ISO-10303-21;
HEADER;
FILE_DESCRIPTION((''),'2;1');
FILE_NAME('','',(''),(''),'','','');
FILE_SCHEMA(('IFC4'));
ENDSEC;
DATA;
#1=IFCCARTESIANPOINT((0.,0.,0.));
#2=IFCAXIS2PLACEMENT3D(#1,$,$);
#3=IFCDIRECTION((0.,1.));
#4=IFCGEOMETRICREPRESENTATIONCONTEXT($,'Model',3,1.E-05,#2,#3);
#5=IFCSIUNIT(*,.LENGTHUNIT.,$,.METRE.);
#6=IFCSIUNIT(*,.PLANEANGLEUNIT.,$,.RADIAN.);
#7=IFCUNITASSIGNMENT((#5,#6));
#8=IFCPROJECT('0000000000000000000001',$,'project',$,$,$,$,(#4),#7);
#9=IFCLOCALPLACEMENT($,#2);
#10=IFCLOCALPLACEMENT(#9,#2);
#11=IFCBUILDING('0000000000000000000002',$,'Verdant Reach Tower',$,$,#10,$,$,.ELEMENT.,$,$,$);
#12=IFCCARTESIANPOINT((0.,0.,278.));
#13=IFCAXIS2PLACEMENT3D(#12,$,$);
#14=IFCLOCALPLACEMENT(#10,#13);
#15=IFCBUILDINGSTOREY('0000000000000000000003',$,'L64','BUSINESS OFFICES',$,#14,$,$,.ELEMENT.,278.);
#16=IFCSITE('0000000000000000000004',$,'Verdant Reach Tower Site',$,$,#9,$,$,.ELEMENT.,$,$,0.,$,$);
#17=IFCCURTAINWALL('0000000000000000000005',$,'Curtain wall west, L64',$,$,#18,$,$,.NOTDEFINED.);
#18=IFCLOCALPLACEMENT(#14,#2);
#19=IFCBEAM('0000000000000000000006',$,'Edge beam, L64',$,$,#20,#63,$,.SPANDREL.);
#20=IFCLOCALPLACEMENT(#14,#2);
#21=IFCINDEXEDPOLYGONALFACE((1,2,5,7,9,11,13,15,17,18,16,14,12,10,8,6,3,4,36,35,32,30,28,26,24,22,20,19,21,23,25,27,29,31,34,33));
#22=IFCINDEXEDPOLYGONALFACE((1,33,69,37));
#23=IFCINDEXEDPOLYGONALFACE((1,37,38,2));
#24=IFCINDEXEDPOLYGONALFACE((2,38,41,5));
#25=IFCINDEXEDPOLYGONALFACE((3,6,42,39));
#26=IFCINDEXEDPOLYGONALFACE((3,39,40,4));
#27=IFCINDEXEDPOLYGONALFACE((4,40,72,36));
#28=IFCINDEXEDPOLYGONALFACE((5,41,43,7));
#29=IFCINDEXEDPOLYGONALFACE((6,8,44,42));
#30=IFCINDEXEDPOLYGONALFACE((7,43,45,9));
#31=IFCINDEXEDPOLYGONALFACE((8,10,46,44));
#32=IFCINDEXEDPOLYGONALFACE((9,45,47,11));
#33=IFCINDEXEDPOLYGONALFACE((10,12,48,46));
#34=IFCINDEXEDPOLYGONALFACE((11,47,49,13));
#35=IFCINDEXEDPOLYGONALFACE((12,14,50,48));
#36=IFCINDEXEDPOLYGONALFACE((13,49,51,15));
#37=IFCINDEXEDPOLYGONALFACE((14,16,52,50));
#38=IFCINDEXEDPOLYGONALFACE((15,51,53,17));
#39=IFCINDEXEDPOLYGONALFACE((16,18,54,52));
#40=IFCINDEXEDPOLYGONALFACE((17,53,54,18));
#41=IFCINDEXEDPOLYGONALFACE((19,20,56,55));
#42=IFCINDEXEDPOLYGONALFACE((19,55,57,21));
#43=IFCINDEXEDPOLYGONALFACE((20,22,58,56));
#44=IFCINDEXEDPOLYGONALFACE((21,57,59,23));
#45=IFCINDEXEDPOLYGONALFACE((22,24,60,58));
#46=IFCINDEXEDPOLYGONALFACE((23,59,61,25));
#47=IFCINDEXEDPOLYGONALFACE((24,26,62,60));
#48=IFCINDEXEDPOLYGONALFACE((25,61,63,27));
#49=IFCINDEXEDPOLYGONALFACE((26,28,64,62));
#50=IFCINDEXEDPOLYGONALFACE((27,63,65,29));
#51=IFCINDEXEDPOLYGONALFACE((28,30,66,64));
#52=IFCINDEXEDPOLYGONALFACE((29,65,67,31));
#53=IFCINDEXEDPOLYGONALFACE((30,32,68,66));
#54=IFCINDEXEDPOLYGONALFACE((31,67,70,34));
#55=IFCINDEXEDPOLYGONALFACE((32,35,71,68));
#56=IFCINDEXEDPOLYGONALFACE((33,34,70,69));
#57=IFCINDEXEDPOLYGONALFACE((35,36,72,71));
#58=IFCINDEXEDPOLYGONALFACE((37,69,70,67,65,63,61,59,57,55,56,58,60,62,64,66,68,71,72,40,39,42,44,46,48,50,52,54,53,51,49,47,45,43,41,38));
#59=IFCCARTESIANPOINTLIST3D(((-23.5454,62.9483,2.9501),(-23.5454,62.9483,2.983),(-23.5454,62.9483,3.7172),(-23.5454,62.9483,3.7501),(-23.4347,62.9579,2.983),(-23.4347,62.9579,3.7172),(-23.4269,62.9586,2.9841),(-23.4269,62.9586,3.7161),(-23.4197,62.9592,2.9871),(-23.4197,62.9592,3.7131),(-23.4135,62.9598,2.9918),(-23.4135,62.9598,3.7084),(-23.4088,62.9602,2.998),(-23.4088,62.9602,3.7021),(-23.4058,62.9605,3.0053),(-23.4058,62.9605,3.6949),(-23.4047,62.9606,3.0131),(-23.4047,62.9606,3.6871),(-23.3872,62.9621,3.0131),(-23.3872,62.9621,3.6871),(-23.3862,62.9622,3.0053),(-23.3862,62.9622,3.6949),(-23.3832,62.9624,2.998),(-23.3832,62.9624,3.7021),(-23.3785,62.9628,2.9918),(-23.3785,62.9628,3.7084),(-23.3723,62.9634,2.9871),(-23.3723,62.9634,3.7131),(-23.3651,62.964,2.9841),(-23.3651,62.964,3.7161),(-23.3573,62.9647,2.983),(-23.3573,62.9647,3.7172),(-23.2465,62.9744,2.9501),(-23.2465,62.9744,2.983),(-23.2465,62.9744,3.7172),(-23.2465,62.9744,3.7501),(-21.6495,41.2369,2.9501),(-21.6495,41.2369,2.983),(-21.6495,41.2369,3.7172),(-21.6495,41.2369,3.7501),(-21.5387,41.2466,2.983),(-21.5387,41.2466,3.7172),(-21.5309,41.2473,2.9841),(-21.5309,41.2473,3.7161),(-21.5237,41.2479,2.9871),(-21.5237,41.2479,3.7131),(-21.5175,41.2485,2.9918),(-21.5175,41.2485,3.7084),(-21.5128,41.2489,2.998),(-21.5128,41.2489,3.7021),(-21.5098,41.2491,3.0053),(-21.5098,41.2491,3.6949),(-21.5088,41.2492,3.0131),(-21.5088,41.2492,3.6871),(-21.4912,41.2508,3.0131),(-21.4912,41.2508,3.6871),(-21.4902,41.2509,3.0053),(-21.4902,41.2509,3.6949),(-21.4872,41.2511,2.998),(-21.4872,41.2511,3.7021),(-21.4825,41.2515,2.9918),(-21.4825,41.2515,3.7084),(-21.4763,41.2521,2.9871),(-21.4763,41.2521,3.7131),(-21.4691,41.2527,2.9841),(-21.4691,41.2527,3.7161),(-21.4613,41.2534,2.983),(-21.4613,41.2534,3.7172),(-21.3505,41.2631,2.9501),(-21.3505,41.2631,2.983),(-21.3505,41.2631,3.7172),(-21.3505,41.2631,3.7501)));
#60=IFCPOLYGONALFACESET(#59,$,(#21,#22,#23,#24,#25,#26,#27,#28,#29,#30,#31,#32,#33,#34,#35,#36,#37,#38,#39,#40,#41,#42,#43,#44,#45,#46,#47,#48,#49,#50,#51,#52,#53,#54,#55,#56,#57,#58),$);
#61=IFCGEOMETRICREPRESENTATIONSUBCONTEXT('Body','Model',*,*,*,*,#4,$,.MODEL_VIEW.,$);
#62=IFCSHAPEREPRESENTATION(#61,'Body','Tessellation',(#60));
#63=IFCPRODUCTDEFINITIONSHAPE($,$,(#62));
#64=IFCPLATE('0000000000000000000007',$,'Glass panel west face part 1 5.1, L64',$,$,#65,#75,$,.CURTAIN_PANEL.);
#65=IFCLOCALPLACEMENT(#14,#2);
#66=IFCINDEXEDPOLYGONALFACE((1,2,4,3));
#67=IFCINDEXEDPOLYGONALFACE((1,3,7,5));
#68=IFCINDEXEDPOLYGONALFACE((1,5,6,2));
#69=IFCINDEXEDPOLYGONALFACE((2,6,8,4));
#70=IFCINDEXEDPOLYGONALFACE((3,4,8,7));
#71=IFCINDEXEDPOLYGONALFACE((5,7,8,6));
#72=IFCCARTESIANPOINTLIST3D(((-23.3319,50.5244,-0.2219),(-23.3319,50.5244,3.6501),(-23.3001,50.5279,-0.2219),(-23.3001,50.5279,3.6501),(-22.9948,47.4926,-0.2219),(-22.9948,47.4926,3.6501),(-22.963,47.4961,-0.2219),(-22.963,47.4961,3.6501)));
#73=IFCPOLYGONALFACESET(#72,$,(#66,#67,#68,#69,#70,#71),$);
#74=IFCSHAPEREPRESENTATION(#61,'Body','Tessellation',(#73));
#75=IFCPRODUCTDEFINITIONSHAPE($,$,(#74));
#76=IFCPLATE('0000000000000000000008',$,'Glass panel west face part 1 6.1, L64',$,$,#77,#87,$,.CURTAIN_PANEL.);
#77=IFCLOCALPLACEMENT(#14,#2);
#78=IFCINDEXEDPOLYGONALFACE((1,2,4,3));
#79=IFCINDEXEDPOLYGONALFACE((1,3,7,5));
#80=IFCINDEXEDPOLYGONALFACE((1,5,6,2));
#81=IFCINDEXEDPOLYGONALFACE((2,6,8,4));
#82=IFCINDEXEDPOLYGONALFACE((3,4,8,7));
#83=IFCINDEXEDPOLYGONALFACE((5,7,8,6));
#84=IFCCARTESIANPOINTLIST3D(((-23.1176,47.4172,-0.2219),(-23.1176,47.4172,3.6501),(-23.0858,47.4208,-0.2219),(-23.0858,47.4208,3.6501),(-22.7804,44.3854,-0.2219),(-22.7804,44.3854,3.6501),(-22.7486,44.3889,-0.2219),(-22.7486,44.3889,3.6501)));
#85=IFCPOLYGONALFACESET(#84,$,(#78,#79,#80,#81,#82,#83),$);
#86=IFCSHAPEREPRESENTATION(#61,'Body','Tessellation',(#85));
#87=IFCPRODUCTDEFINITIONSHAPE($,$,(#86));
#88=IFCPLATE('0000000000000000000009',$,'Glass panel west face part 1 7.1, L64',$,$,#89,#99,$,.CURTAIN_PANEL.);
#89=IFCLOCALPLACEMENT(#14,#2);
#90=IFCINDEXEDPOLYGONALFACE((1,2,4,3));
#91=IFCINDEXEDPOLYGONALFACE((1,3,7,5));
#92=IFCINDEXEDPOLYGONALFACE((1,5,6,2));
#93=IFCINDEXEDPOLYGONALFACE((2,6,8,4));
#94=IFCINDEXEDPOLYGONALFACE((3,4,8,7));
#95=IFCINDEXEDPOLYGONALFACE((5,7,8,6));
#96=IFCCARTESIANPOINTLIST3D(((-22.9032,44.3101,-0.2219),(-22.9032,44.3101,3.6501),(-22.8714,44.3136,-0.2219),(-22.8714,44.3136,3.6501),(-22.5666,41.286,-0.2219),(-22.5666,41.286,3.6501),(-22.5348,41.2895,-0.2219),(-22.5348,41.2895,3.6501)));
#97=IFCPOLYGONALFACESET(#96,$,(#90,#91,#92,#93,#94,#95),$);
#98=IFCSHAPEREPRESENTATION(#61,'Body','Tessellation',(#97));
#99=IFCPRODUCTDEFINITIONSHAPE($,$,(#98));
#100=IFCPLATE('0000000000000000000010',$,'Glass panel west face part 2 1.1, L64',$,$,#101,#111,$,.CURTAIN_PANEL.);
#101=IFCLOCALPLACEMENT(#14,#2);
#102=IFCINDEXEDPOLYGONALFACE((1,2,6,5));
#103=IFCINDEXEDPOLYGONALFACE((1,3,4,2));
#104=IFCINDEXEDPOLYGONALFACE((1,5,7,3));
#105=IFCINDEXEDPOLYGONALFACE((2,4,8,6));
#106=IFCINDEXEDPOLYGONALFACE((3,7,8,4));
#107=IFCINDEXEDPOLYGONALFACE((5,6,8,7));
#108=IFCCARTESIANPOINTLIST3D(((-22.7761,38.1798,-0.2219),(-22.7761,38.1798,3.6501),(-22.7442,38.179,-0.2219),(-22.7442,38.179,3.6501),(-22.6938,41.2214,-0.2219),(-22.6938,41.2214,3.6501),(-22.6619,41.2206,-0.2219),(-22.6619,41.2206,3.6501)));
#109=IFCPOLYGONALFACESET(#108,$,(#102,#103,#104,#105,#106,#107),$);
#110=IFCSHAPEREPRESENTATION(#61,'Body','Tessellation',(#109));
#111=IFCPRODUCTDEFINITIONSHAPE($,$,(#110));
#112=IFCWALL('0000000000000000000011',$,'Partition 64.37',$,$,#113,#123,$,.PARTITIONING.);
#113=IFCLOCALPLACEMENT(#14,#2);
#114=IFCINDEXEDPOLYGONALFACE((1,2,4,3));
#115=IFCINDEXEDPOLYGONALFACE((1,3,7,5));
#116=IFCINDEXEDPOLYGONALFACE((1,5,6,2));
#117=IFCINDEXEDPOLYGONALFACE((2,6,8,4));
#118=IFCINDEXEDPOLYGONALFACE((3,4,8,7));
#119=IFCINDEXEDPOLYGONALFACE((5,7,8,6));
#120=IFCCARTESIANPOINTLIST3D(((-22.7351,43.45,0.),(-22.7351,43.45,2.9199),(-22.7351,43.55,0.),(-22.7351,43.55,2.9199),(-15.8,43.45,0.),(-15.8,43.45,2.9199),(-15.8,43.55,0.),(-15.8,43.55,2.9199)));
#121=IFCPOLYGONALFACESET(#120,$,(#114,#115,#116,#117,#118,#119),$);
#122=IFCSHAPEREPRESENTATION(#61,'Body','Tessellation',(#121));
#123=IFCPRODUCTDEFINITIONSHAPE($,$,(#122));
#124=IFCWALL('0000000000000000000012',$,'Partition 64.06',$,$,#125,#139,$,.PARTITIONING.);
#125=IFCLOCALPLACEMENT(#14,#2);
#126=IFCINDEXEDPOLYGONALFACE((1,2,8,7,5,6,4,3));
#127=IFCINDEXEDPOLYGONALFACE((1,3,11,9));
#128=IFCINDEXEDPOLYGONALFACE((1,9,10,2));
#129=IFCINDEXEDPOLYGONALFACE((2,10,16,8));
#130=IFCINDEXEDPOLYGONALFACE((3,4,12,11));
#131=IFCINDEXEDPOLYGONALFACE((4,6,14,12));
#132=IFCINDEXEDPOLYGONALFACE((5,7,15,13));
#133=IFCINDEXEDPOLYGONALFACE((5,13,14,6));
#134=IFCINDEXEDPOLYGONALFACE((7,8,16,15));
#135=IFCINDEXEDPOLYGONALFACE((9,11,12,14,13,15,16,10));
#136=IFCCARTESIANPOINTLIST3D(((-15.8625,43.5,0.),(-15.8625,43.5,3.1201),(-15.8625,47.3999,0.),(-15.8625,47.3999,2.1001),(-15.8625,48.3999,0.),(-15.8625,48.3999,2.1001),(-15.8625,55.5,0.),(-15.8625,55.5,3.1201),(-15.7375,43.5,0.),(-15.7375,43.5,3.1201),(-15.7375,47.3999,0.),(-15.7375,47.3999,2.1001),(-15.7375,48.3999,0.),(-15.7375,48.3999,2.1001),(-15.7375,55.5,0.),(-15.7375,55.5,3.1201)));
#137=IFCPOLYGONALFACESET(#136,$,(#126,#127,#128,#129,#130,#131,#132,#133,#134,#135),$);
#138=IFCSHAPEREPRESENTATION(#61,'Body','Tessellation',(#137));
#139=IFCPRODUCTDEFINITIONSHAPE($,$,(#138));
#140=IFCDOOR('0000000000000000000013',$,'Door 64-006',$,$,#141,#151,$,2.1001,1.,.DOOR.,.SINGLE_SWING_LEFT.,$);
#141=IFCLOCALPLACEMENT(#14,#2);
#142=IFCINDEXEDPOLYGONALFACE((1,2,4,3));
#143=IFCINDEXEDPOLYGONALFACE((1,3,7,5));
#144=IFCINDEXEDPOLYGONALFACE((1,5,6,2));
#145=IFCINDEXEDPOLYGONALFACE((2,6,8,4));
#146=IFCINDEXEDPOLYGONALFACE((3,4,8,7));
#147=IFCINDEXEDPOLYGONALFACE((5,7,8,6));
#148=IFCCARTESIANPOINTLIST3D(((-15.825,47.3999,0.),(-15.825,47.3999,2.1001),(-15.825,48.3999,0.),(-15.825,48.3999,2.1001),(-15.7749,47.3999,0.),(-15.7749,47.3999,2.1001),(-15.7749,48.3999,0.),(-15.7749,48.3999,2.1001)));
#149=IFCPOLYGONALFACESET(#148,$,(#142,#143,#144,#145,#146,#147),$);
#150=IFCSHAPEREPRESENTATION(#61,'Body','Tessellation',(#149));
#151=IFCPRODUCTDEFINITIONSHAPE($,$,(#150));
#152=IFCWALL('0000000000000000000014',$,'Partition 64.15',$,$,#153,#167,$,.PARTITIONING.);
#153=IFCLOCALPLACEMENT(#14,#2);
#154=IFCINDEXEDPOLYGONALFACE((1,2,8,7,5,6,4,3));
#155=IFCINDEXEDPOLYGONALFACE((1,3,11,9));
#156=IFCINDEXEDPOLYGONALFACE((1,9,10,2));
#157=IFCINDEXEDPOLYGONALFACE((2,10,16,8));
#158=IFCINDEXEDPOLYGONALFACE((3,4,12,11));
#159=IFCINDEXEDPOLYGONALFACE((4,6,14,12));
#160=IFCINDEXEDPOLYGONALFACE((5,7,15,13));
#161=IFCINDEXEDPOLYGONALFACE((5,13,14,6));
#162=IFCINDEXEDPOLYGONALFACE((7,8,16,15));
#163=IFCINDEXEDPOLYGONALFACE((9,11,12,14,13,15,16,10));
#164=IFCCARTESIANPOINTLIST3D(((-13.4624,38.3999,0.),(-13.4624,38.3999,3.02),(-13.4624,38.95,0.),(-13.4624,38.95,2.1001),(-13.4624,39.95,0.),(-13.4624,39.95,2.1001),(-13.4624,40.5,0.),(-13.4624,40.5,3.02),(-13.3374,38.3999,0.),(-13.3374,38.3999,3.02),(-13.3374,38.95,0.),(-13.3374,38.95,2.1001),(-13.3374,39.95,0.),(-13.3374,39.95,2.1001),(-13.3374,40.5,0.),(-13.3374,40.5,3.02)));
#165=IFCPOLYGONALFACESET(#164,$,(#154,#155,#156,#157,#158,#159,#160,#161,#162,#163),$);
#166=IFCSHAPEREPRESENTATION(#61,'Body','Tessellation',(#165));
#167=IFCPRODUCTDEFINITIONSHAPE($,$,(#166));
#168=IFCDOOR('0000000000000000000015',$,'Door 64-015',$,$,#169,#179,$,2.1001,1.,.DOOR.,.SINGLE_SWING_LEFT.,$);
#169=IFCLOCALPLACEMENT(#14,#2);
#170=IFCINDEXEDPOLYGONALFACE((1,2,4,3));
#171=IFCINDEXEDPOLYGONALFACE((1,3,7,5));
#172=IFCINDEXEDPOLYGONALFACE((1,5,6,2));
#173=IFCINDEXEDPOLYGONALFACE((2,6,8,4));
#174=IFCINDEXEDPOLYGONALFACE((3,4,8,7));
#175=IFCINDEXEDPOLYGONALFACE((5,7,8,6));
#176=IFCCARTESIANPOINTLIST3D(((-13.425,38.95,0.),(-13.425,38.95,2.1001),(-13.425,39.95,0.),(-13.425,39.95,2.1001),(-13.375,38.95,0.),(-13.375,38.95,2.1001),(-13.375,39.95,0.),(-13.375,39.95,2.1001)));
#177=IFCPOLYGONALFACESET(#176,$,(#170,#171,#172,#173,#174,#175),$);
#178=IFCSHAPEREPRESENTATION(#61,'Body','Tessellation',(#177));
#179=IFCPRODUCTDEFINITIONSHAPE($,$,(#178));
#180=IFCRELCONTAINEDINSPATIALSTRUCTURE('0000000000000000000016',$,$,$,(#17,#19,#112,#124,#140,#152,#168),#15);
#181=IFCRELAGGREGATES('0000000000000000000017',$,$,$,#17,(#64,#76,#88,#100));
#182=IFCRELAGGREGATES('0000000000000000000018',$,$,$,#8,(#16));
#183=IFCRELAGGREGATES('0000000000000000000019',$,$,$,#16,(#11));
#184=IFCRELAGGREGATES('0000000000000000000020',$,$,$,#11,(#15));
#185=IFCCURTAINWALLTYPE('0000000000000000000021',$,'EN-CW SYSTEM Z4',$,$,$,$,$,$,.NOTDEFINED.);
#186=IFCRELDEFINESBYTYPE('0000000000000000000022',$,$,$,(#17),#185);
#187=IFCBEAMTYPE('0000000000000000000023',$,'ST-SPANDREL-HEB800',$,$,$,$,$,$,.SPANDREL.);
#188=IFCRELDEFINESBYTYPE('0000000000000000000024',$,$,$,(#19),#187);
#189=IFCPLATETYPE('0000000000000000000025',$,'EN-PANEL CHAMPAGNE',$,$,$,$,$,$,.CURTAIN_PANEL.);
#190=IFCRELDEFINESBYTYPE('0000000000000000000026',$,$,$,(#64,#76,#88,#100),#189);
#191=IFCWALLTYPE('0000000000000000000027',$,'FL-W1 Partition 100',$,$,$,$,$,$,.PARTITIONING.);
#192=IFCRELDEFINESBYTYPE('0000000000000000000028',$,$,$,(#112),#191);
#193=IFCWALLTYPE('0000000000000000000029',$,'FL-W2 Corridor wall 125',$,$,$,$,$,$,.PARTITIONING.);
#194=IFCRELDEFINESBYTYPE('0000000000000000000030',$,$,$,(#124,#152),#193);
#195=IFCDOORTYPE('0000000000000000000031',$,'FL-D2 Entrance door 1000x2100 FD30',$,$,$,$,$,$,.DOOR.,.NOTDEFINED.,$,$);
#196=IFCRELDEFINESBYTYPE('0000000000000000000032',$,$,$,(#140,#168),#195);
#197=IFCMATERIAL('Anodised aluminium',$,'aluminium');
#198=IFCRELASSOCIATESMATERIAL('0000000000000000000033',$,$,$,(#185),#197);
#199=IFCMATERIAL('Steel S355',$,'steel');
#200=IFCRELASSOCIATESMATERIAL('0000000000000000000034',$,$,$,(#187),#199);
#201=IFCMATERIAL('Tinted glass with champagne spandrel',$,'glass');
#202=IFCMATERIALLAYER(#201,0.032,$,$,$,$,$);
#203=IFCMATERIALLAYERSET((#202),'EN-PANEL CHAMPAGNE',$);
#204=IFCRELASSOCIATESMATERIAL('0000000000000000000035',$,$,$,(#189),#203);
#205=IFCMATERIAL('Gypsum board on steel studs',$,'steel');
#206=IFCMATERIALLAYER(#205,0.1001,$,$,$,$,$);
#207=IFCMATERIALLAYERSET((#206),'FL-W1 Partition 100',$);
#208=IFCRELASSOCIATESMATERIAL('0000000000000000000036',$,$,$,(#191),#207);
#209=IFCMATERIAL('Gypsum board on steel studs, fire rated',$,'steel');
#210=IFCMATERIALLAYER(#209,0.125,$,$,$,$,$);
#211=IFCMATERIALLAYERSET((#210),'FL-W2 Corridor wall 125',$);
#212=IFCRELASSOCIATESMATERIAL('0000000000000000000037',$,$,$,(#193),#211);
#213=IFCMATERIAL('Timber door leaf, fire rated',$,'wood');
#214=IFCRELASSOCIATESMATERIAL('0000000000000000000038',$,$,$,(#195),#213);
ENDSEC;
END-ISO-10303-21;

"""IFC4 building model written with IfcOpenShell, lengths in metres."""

from ifc_helpers import new_model, si_unit, direction, frame, frame_2d, origin, origin_2d, place, context, subcontext, project, spatial, rectangle, i_section, extrude, material, layer, layer_set, material_profile, profile_set, type_object, element, fill, aggregate, save


model = new_model("IFC4")

# Units and contexts
model_context = context("Model", 3, precision=1e-05, world=origin(), true_north=direction((0.0, 1.0)))
body_context = subcontext(model_context, "Body", "Model", "MODEL_VIEW")
ifc_project = project(units=[si_unit("LENGTHUNIT", "METRE"), si_unit("PLANEANGLEUNIT", "RADIAN")], contexts=[model_context])

# Site, building, storey
site_placement = place(None, origin())
site = spatial("IfcSite", under=ifc_project, at=site_placement, Name="Verdant Reach Tower Site", CompositionType="ELEMENT", RefElevation=0.0)
building_placement = place(site_placement, origin())
building = spatial("IfcBuilding", under=site, at=building_placement, Name="Verdant Reach Tower", CompositionType="ELEMENT")
storey_placement = place(building_placement, frame((0.0, 0.0, 278.0)))
storey = spatial("IfcBuildingStorey", under=building, at=storey_placement, Name="L64", Description="BUSINESS OFFICES", CompositionType="ELEMENT", Elevation=278.0)

# Curtain wall
ifc_material_1 = material(Name="Anodised aluminium", Category="aluminium")
curtain_wall_type = type_object("IfcCurtainWallType", Name="EN-CW SYSTEM Z4", PredefinedType="NOTDEFINED", material=ifc_material_1)
curtain_wall_placement = place(storey_placement, origin())
curtain_wall = element("IfcCurtainWall", 1, at=curtain_wall_placement, inside=storey, type_object=curtain_wall_type, Name="Curtain wall west, L64", PredefinedType="NOTDEFINED")

# Beam
ifc_material_2 = material(Name="Steel S355", Category="steel")
ifc_material_profile_1 = material_profile(ifc_material_2, i_section(OverallWidth=0.3, OverallDepth=0.8, WebThickness=0.0176, FlangeThickness=0.033, FilletRadius=0.03, at=origin_2d()), Name="HEB 800")
ifc_profile_set_1 = profile_set([ifc_material_profile_1], Name="Steel S355")
beam_type_1 = type_object("IfcBeamType", Name="ST-SPANDREL-HEB800", PredefinedType="SPANDREL", material=ifc_profile_set_1)
beam_1_placement = place(storey_placement, frame((-21.5, 41.25, 3.3501), z_axis=(-0.086996, 0.996209, 0.0), x_axis=(-0.996209, -0.086996, 0.0)))
element("IfcBeam", 2, at=beam_1_placement, inside=storey, type_object=beam_type_1, Name="Edge beam, L64", PredefinedType="SPANDREL", context=body_context, shape_type="SweptSolid", body=[
    extrude(i_section(OverallWidth=0.3, OverallDepth=0.8, WebThickness=0.0176, FlangeThickness=0.033, FilletRadius=0.03, at=origin_2d()), origin(), (0.0, 0.0, 1.0), 21.7939),
])

# Plates
ifc_material_3 = material(Name="Tinted glass with champagne spandrel", Category="glass")
ifc_layer_1 = layer(ifc_material_3, 0.032)
ifc_layer_set_1 = layer_set([ifc_layer_1], Name="EN-PANEL CHAMPAGNE")
plate_type = type_object("IfcPlateType", Name="EN-PANEL CHAMPAGNE", PredefinedType="CURTAIN_PANEL", material=ifc_layer_set_1)
plate_1_placement = place(storey_placement, frame((-23.1475, 49.0103, -0.2219), z_axis=(0.0, 0.0, 1.0), x_axis=(0.110518, -0.993874, 0.0)))
plate_1 = element("IfcPlate", 3, at=plate_1_placement, type_object=plate_type, Name="Glass panel west face part 1 5.1, L64", PredefinedType="CURTAIN_PANEL", context=body_context, shape_type="SweptSolid", body=[
    extrude(rectangle(XDim=3.0505, YDim=0.032, at=origin_2d()), origin(), (0.0, 0.0, 1.0), 3.8721),
])
plate_2_placement = place(storey_placement, frame((-22.9331, 45.9031, -0.2219), z_axis=(0.0, 0.0, 1.0), x_axis=(0.110518, -0.993874, 0.0)))
plate_2 = element("IfcPlate", 4, at=plate_2_placement, type_object=plate_type, Name="Glass panel west face part 1 6.1, L64", PredefinedType="CURTAIN_PANEL", context=body_context, shape_type="SweptSolid", body=[
    extrude(rectangle(XDim=3.0505, YDim=0.032, at=origin_2d()), origin(), (0.0, 0.0, 1.0), 3.8721),
])
plate_3_placement = place(storey_placement, frame((-22.719, 42.7998, -0.2219), z_axis=(0.0, 0.0, 1.0), x_axis=(0.110603, -0.993865, 0.0)))
plate_3 = element("IfcPlate", 5, at=plate_3_placement, type_object=plate_type, Name="Glass panel west face part 1 7.1, L64", PredefinedType="CURTAIN_PANEL", context=body_context, shape_type="SweptSolid", body=[
    extrude(rectangle(XDim=3.0427, YDim=0.032, at=origin_2d()), origin(), (0.0, 0.0, 1.0), 3.8721),
])
plate_4_placement = place(storey_placement, frame((-22.719, 39.7002, -0.2219), z_axis=(0.0, 0.0, 1.0), x_axis=(-0.027051, -0.999634, 0.0)))
plate_4 = element("IfcPlate", 6, at=plate_4_placement, type_object=plate_type, Name="Glass panel west face part 2 1.1, L64", PredefinedType="CURTAIN_PANEL", context=body_context, shape_type="SweptSolid", body=[
    extrude(rectangle(XDim=3.0427, YDim=0.032, at=origin_2d()), origin(), (0.0, 0.0, 1.0), 3.8721),
])
aggregate(curtain_wall, [plate_1, plate_2, plate_3, plate_4])

# Wall
ifc_material_4 = material(Name="Gypsum board on steel studs", Category="steel")
ifc_layer_2 = layer(ifc_material_4, 0.1001)
ifc_layer_set_2 = layer_set([ifc_layer_2], Name="FL-W1 Partition 100")
wall_type_1 = type_object("IfcWallType", Name="FL-W1 Partition 100", PredefinedType="PARTITIONING", material=ifc_layer_set_2)
wall_1_placement = place(storey_placement, frame((-15.8, 43.5, 0.0), z_axis=(0.0, 0.0, 1.0), x_axis=(-1.0, 0.0, 0.0)))
element("IfcWall", 7, at=wall_1_placement, inside=storey, type_object=wall_type_1, Name="Partition 64.37", PredefinedType="PARTITIONING", context=body_context, shape_type="SweptSolid", body=[
    extrude(rectangle(XDim=6.9351, YDim=0.1001, at=frame_2d((3.4675, 0.0))), origin(), (0.0, 0.0, 1.0), 2.9199),
])

# Walls, openings, doors
ifc_material_5 = material(Name="Gypsum board on steel studs, fire rated", Category="steel")
ifc_layer_3 = layer(ifc_material_5, 0.125)
ifc_layer_set_3 = layer_set([ifc_layer_3], Name="FL-W2 Corridor wall 125")
wall_type_2 = type_object("IfcWallType", Name="FL-W2 Corridor wall 125", PredefinedType="PARTITIONING", material=ifc_layer_set_3)
wall_2_placement = place(storey_placement, frame((-15.8, 43.5, 0.0), z_axis=(0.0, 0.0, 1.0), x_axis=(0.0, 1.0, 0.0)))
wall_2 = element("IfcWall", 8, at=wall_2_placement, inside=storey, type_object=wall_type_2, Name="Partition 64.06", PredefinedType="PARTITIONING", context=body_context, shape_type="SweptSolid", body=[
    extrude(rectangle(XDim=12.0, YDim=0.125, at=frame_2d((6.0, 0.0))), origin(), (0.0, 0.0, 1.0), 3.1201),
])
opening_1_placement = place(wall_2_placement, frame((3.8999, 0.0, 0.0)))
opening_1 = element("IfcOpeningElement", 9, at=opening_1_placement, cuts=wall_2, PredefinedType="OPENING", context=body_context, shape_type="SweptSolid", body=[
    extrude(rectangle(XDim=1.0, YDim=2.1001, at=frame_2d((0.5, 1.05))), frame((0.0, 0.0725, 0.0), z_axis=(0.0, -1.0, 0.0), x_axis=(1.0, 0.0, 0.0)), (0.0, 0.0, 1.0), 0.145),
])
ifc_material_6 = material(Name="Timber door leaf, fire rated", Category="wood")
door_type = type_object("IfcDoorType", Name="FL-D2 Entrance door 1000x2100 FD30", OperationType="NOTDEFINED", PredefinedType="DOOR", material=ifc_material_6)
door_1_placement = place(opening_1_placement, origin())
door_1 = element("IfcDoor", 10, at=door_1_placement, inside=storey, type_object=door_type, Name="Door 64-006", OperationType="SINGLE_SWING_LEFT", OverallHeight=2.1001, OverallWidth=1.0, PredefinedType="DOOR", context=body_context, shape_type="SweptSolid", body=[
    extrude(rectangle(XDim=1.0, YDim=2.1001, at=frame_2d((0.5, 1.05))), frame((0.0, 0.0249, 0.0), z_axis=(0.0, -1.0, 0.0), x_axis=(1.0, 0.0, 0.0)), (0.0, 0.0, 1.0), 0.05),
])
fill(opening_1, door_1)
wall_3_placement = place(storey_placement, frame((-13.3999, 40.5, 0.0), z_axis=(0.0, 0.0, 1.0), x_axis=(0.0, -1.0, 0.0)))
wall_3 = element("IfcWall", 11, at=wall_3_placement, inside=storey, type_object=wall_type_2, Name="Partition 64.15", PredefinedType="PARTITIONING", context=body_context, shape_type="SweptSolid", body=[
    extrude(rectangle(XDim=2.1001, YDim=0.125, at=frame_2d((1.05, 0.0))), origin(), (0.0, 0.0, 1.0), 3.02),
])
opening_2_placement = place(wall_3_placement, frame((0.55, 0.0, 0.0)))
opening_2 = element("IfcOpeningElement", 12, at=opening_2_placement, cuts=wall_3, PredefinedType="OPENING", context=body_context, shape_type="SweptSolid", body=[
    extrude(rectangle(XDim=1.0, YDim=2.1001, at=frame_2d((0.5, 1.05))), frame((0.0, 0.0725, 0.0), z_axis=(0.0, -1.0, 0.0), x_axis=(1.0, 0.0, 0.0)), (0.0, 0.0, 1.0), 0.145),
])
door_2_placement = place(opening_2_placement, origin())
door_2 = element("IfcDoor", 13, at=door_2_placement, inside=storey, type_object=door_type, Name="Door 64-015", OperationType="SINGLE_SWING_LEFT", OverallHeight=2.1001, OverallWidth=1.0, PredefinedType="DOOR", context=body_context, shape_type="SweptSolid", body=[
    extrude(rectangle(XDim=1.0, YDim=2.1001, at=frame_2d((0.5, 1.05))), frame((0.0, 0.0249, 0.0), z_axis=(0.0, -1.0, 0.0), x_axis=(1.0, 0.0, 0.0)), (0.0, 0.0, 1.0), 0.05),
])
fill(opening_2, door_2)

save(model, "model.ifc")
